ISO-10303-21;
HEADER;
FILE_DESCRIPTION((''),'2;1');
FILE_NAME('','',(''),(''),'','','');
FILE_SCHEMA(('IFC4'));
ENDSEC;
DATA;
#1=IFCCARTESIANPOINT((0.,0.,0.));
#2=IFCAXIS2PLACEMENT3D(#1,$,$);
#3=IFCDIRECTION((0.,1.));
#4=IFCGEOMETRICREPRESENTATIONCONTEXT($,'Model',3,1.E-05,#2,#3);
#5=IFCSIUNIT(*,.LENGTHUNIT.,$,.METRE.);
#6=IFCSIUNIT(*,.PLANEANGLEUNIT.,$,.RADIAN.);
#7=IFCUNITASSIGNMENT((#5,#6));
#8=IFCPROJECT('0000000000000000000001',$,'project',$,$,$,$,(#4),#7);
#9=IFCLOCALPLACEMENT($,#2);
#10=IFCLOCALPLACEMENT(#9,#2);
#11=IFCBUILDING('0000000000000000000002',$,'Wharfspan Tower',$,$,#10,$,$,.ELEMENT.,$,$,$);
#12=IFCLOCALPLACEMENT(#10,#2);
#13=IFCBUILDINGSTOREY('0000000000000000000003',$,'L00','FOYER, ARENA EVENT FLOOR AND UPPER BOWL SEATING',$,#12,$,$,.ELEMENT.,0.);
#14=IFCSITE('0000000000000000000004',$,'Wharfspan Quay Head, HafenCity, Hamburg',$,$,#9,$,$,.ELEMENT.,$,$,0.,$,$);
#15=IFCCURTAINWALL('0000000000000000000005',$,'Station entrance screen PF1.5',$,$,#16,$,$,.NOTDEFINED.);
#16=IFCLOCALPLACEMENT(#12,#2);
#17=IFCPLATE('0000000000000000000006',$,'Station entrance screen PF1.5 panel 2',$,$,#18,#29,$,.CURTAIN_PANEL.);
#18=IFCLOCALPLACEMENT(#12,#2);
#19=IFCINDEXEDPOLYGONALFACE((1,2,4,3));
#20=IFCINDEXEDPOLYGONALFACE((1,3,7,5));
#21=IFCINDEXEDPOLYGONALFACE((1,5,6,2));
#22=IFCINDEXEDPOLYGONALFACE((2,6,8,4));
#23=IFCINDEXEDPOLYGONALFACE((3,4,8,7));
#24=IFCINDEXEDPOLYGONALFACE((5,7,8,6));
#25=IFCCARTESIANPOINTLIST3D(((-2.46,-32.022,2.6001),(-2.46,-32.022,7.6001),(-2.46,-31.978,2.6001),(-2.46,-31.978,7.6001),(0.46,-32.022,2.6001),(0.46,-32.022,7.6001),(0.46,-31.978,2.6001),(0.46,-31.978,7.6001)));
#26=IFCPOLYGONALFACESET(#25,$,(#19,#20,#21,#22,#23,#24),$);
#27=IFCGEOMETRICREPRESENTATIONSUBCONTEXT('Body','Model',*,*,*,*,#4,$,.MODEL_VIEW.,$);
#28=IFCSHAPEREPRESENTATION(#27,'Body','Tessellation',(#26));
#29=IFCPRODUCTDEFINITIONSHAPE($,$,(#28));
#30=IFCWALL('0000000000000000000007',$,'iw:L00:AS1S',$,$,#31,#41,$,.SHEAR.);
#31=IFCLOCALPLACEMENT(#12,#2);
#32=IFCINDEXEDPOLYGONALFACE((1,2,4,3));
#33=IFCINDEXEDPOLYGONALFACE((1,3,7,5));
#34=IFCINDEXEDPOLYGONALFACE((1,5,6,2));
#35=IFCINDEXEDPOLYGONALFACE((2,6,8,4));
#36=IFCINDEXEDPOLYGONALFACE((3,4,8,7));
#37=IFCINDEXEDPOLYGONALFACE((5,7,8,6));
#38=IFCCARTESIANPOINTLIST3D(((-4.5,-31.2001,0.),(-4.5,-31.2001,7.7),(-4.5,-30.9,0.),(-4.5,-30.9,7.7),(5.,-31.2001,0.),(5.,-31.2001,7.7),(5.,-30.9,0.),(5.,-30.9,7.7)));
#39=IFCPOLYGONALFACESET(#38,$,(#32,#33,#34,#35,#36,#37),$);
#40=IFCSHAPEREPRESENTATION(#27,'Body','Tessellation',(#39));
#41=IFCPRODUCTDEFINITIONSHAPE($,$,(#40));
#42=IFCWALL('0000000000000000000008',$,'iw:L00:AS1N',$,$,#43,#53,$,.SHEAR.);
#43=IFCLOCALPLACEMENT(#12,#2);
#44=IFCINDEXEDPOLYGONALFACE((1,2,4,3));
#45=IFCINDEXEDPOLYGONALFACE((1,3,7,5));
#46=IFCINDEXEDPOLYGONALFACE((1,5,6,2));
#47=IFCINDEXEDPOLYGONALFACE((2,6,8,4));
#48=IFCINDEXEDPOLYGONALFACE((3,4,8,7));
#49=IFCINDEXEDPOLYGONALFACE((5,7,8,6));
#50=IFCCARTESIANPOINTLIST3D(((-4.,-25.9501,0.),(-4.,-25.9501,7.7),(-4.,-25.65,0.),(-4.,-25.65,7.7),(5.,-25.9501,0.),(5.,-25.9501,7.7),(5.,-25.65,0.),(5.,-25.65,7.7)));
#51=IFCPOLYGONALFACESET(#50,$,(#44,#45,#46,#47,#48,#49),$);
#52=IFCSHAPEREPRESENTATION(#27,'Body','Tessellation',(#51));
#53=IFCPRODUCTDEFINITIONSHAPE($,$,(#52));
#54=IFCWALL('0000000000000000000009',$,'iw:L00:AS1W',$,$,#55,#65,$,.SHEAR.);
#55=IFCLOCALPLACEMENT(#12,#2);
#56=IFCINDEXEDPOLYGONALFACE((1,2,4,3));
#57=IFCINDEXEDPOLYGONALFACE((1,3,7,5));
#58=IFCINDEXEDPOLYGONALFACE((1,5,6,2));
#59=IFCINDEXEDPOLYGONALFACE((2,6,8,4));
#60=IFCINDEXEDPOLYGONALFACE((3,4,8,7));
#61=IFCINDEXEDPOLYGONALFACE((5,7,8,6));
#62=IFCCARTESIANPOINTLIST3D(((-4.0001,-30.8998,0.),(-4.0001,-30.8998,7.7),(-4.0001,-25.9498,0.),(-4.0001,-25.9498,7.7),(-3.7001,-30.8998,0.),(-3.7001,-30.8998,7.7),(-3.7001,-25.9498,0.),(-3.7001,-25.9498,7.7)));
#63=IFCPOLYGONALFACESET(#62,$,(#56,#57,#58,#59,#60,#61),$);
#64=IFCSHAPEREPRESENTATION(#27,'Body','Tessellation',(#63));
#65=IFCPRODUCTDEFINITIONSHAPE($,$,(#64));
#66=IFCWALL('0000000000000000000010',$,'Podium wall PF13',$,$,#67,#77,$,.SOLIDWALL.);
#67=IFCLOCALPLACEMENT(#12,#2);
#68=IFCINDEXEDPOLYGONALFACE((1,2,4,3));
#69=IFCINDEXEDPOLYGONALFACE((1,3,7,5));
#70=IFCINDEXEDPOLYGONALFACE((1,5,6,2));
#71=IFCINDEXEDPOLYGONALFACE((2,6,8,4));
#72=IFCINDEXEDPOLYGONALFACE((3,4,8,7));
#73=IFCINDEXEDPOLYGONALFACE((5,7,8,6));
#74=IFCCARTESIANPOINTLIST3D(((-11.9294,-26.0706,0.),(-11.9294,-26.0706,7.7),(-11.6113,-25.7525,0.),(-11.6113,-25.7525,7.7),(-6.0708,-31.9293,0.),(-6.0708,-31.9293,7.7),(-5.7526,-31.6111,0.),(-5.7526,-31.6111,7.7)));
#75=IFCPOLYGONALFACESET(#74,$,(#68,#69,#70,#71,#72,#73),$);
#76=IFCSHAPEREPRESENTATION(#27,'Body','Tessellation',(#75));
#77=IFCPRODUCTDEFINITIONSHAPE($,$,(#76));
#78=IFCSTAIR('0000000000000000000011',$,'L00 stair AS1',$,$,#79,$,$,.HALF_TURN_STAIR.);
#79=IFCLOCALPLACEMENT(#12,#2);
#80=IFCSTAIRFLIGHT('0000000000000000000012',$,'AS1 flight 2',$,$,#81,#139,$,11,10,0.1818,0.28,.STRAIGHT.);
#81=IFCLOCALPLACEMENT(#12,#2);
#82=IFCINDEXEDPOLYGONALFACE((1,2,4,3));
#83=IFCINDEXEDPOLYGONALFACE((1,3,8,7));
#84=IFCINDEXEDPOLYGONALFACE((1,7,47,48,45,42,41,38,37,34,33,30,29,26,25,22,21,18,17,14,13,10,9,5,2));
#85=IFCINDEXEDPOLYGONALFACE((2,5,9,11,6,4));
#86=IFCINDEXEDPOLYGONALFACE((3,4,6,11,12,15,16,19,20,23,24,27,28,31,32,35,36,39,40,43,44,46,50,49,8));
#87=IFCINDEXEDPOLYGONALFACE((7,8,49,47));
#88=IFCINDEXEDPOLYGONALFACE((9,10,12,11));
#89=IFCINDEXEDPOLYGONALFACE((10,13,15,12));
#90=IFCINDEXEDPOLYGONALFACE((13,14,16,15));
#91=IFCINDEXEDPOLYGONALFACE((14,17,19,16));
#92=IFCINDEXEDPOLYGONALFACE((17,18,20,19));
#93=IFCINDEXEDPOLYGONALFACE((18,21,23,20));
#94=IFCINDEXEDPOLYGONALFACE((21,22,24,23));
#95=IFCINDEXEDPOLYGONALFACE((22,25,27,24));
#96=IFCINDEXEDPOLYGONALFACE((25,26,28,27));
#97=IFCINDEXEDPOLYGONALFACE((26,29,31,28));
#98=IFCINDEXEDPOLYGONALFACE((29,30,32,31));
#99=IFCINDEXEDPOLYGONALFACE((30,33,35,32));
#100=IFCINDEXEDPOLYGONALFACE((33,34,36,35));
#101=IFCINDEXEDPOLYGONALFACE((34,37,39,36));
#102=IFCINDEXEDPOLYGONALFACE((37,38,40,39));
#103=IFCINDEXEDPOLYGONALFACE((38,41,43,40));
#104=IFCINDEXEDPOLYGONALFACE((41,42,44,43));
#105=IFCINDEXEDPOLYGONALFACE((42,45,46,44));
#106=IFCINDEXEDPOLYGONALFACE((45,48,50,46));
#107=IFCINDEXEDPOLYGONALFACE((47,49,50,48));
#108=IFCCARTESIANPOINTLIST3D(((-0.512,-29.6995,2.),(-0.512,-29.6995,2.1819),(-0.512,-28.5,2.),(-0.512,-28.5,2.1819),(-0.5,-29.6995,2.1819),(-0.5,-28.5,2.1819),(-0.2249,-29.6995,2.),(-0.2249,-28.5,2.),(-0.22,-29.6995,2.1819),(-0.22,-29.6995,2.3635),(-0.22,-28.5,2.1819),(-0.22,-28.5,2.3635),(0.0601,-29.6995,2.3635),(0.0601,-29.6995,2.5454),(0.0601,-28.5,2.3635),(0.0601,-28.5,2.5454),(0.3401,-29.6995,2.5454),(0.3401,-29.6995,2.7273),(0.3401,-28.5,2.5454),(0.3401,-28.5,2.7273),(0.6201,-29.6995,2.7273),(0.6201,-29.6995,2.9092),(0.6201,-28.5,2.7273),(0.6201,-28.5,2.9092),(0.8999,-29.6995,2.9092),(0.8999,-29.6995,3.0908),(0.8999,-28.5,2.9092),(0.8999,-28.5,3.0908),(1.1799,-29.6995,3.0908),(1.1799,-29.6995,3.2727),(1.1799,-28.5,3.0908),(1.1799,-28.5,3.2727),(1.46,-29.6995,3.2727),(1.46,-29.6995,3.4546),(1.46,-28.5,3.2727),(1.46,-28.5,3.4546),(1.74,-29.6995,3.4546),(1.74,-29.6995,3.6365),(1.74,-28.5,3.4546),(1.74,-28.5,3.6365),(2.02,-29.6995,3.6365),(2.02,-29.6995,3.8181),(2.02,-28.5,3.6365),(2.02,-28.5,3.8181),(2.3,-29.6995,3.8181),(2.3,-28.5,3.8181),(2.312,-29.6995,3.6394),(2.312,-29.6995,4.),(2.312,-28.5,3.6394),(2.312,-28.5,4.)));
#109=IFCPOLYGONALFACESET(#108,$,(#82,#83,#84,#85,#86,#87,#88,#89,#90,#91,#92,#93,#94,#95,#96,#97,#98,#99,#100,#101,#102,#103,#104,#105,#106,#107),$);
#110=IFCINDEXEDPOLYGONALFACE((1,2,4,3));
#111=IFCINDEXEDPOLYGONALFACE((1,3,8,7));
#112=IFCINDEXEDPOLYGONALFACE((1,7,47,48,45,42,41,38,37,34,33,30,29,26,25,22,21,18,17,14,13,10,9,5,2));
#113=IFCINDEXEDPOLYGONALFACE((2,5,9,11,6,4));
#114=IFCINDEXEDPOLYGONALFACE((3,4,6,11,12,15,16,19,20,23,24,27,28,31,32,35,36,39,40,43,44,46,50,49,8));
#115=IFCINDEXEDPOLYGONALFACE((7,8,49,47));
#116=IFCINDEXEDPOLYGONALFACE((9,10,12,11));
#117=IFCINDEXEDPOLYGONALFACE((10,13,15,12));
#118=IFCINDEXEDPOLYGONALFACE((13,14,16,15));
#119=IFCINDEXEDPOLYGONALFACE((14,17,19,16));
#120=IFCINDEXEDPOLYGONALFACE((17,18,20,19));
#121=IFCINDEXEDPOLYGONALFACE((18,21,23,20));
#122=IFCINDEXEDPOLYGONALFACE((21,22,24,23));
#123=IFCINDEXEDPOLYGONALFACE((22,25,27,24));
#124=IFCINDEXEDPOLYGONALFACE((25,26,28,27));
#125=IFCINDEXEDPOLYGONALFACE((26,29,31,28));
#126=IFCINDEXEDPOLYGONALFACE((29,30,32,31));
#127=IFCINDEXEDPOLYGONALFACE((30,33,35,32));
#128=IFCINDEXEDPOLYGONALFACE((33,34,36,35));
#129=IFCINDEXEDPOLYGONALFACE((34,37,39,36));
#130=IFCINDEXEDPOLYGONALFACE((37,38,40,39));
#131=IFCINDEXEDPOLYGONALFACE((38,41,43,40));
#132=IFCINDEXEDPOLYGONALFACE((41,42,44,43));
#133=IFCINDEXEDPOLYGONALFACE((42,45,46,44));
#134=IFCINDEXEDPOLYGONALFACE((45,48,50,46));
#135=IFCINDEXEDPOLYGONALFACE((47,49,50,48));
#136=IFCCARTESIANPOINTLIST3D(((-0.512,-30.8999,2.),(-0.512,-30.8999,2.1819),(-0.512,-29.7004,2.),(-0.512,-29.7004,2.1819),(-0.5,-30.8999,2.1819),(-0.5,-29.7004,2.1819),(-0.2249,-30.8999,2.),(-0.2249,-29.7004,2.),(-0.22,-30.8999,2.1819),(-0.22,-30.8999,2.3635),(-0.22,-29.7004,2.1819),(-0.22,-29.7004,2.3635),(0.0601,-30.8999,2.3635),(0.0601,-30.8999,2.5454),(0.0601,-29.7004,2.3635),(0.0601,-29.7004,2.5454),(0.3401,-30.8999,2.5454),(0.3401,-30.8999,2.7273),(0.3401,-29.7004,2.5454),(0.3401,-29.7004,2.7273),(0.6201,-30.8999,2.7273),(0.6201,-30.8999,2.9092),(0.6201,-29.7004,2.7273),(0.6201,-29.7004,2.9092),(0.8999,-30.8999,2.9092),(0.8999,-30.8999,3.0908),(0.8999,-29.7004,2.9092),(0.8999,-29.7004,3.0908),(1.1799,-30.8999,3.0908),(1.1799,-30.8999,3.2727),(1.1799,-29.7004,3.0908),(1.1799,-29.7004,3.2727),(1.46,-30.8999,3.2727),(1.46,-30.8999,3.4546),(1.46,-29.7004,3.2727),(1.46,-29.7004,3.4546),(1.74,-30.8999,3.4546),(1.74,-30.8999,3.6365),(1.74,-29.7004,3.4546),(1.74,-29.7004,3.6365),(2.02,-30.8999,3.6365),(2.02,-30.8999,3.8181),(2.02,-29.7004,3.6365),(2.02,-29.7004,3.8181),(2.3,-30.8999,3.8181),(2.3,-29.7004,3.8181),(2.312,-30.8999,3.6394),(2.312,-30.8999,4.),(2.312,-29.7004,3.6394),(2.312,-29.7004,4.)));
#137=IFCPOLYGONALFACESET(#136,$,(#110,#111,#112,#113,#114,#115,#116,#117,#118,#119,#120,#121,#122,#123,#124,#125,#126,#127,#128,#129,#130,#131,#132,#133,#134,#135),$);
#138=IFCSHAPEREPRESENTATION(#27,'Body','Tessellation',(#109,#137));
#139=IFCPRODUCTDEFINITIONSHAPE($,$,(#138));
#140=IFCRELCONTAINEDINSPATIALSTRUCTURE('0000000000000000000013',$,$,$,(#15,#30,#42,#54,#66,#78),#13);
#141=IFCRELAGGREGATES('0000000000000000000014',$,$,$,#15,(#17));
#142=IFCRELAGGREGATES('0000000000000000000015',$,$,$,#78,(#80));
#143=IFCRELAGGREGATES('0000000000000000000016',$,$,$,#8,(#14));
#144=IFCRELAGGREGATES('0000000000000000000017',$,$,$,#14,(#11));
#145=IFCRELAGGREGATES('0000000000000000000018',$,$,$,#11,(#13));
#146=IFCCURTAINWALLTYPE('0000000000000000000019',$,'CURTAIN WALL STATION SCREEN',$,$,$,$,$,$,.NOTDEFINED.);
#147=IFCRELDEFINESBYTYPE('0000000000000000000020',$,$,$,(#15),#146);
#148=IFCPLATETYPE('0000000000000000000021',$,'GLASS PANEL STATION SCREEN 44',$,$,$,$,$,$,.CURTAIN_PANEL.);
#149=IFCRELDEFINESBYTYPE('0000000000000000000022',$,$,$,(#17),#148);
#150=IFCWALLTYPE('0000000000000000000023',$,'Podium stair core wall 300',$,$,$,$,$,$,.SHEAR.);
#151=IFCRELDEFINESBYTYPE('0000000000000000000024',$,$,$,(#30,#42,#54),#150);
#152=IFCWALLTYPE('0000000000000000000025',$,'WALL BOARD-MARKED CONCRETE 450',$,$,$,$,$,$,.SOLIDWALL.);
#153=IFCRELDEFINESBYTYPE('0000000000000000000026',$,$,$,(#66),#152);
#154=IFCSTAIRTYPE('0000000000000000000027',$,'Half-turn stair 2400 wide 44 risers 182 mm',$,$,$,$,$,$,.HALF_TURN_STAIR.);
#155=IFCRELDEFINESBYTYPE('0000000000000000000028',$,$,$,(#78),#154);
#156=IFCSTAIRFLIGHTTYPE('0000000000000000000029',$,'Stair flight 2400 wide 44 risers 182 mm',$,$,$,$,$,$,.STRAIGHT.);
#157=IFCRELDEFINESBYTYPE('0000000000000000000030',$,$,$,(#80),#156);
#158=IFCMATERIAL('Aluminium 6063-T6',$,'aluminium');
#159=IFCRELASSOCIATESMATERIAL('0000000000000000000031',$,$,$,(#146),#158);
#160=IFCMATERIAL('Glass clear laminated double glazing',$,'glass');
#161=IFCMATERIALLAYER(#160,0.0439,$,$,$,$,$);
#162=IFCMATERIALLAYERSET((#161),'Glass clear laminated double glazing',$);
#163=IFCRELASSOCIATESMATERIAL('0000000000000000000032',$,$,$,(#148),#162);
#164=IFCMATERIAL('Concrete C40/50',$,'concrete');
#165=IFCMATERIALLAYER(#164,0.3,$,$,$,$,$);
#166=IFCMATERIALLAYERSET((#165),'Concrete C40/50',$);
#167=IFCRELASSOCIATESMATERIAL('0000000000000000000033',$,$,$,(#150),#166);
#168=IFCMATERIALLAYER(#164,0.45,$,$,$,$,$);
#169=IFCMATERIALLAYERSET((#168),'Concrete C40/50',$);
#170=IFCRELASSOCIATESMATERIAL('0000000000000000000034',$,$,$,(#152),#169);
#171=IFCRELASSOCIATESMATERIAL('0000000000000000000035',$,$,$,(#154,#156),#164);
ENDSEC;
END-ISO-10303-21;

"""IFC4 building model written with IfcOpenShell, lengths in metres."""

from ifc_helpers import new_model, si_unit, direction, frame, frame_2d, origin, origin_2d, place, context, subcontext, project, spatial, polyline, rectangle, outline, extrude, material, layer, layer_set, type_object, element, aggregate, save


model = new_model("IFC4")

# Units and contexts
model_context = context("Model", 3, precision=1e-05, world=origin(), true_north=direction((0.0, 1.0)))
body_context = subcontext(model_context, "Body", "Model", "MODEL_VIEW")
ifc_project = project(units=[si_unit("LENGTHUNIT", "METRE"), si_unit("PLANEANGLEUNIT", "RADIAN")], contexts=[model_context])

# Site, building, storey
site_placement = place(None, origin())
site = spatial("IfcSite", under=ifc_project, at=site_placement, Name="Wharfspan Quay Head, HafenCity, Hamburg", CompositionType="ELEMENT", RefElevation=0.0)
building_placement = place(site_placement, origin())
building = spatial("IfcBuilding", under=site, at=building_placement, Name="Wharfspan Tower", CompositionType="ELEMENT")
storey_placement = place(building_placement, origin())
storey = spatial("IfcBuildingStorey", under=building, at=storey_placement, Name="L00", Description="FOYER, ARENA EVENT FLOOR AND UPPER BOWL SEATING", CompositionType="ELEMENT", Elevation=0.0)

# Curtain wall, plate
ifc_material_1 = material(Name="Aluminium 6063-T6", Category="aluminium")
curtain_wall_type = type_object("IfcCurtainWallType", Name="CURTAIN WALL STATION SCREEN", PredefinedType="NOTDEFINED", material=ifc_material_1)
curtain_wall_placement = place(storey_placement, origin())
curtain_wall = element("IfcCurtainWall", 1, at=curtain_wall_placement, inside=storey, type_object=curtain_wall_type, Name="Station entrance screen PF1.5", PredefinedType="NOTDEFINED")
ifc_material_2 = material(Name="Glass clear laminated double glazing", Category="glass")
ifc_layer_1 = layer(ifc_material_2, 0.0439)
ifc_layer_set_1 = layer_set([ifc_layer_1], Name="Glass clear laminated double glazing")
plate_type = type_object("IfcPlateType", Name="GLASS PANEL STATION SCREEN 44", PredefinedType="CURTAIN_PANEL", material=ifc_layer_set_1)
plate_1_placement = place(storey_placement, frame((-1.0, -32.0, 2.6001), z_axis=(0.0, 0.0, 1.0), x_axis=(1.0, 0.0, 0.0)))
plate_1 = element("IfcPlate", 2, at=plate_1_placement, type_object=plate_type, Name="Station entrance screen PF1.5 panel 2", PredefinedType="CURTAIN_PANEL", context=body_context, shape_type="SweptSolid", body=[
    extrude(rectangle(XDim=2.9199, YDim=0.0439, at=origin_2d()), origin(), (0.0, 0.0, 1.0), 5.0),
])
aggregate(curtain_wall, [plate_1])

# Walls
ifc_material_3 = material(Name="Concrete C40/50", Category="concrete")
ifc_layer_2 = layer(ifc_material_3, 0.3)
ifc_layer_set_2 = layer_set([ifc_layer_2], Name="Concrete C40/50")
wall_type_1 = type_object("IfcWallType", Name="Podium stair core wall 300", PredefinedType="SHEAR", material=ifc_layer_set_2)
wall_1_placement = place(storey_placement, frame((-4.5, -31.05, 0.0), z_axis=(0.0, 0.0, 1.0), x_axis=(1.0, 0.0, 0.0)))
element("IfcWall", 3, at=wall_1_placement, inside=storey, type_object=wall_type_1, Name="iw:L00:AS1S", PredefinedType="SHEAR", context=body_context, shape_type="SweptSolid", body=[
    extrude(rectangle(XDim=9.5, YDim=0.3, at=frame_2d((4.75, 0.0))), origin(), (0.0, 0.0, 1.0), 7.7),
])
wall_2_placement = place(storey_placement, frame((-4.0, -25.8, 0.0), z_axis=(0.0, 0.0, 1.0), x_axis=(1.0, 0.0, 0.0)))
element("IfcWall", 4, at=wall_2_placement, inside=storey, type_object=wall_type_1, Name="iw:L00:AS1N", PredefinedType="SHEAR", context=body_context, shape_type="SweptSolid", body=[
    extrude(rectangle(XDim=9.0, YDim=0.3, at=frame_2d((4.5, 0.0))), origin(), (0.0, 0.0, 1.0), 7.7),
])
wall_3_placement = place(storey_placement, frame((-3.8501, -30.8999, 0.0), z_axis=(0.0, 0.0, 1.0), x_axis=(0.0, 1.0, 0.0)))
element("IfcWall", 5, at=wall_3_placement, inside=storey, type_object=wall_type_1, Name="iw:L00:AS1W", PredefinedType="SHEAR", context=body_context, shape_type="SweptSolid", body=[
    extrude(rectangle(XDim=4.95, YDim=0.3, at=frame_2d((2.4751, 0.0))), origin(), (0.0, 0.0, 1.0), 7.7),
])
ifc_layer_3 = layer(ifc_material_3, 0.45)
ifc_layer_set_3 = layer_set([ifc_layer_3], Name="Concrete C40/50")
wall_type_2 = type_object("IfcWallType", Name="WALL BOARD-MARKED CONCRETE 450", PredefinedType="SOLIDWALL", material=ifc_layer_set_3)
wall_4_placement = place(storey_placement, frame((-11.7703, -25.9116, 0.0), z_axis=(0.0, 0.0, 1.0), x_axis=(0.707107, -0.707107, 0.0)))
element("IfcWall", 6, at=wall_4_placement, inside=storey, type_object=wall_type_2, Name="Podium wall PF13", PredefinedType="SOLIDWALL", context=body_context, shape_type="SweptSolid", body=[
    extrude(rectangle(XDim=8.2854, YDim=0.45, at=frame_2d((4.1426, 0.0))), origin(), (0.0, 0.0, 1.0), 7.7),
])

# Stair, stair flight
stair_type = type_object("IfcStairType", Name="Half-turn stair 2400 wide 44 risers 182 mm", PredefinedType="HALF_TURN_STAIR", material=ifc_material_3)
stair_placement = place(storey_placement, origin())
stair = element("IfcStair", 7, at=stair_placement, inside=storey, type_object=stair_type, Name="L00 stair AS1", PredefinedType="HALF_TURN_STAIR")
stair_flight_type = type_object("IfcStairFlightType", Name="Stair flight 2400 wide 44 risers 182 mm", PredefinedType="STRAIGHT", material=ifc_material_3)
stair_flight_1_placement = place(storey_placement, frame((-0.5, -29.7, 2.0), z_axis=(0.0, 0.0, 1.0), x_axis=(1.0, 0.0, 0.0)))
stair_flight_1 = element("IfcStairFlight", 8, at=stair_flight_1_placement, type_object=stair_flight_type, Name="AS1 flight 2", NumberOfRisers=11, NumberOfTreads=10, PredefinedType="STRAIGHT", RiserHeight=0.1818, TreadLength=0.28, context=body_context, shape_type="SweptSolid", body=[
    extrude(outline(polyline([(-0.012, 0.0), (-0.012, 0.1819), (0.0, 0.1819), (0.28, 0.1819), (0.28, 0.3635), (0.5601, 0.3635), (0.5601, 0.5454), (0.8401, 0.5454), (0.8401, 0.7273), (1.1201, 0.7273), (1.1201, 0.9092), (1.3999, 0.9092), (1.3999, 1.0908), (1.6799, 1.0908), (1.6799, 1.2727), (1.96, 1.2727), (1.96, 1.4546), (2.24, 1.4546), (2.24, 1.6365), (2.52, 1.6365), (2.52, 1.8181), (2.8, 1.8181), (2.812, 2.0), (2.812, 1.6394), (0.2751, 0.0), (-0.012, 0.0)])), frame((0.0, 1.2, 0.0), z_axis=(0.0, -1.0, 0.0), x_axis=(1.0, 0.0, 0.0)), (0.0, 0.0, 1.0), 1.1995),
    extrude(outline(polyline([(-0.012, 0.0), (-0.012, 0.1819), (0.0, 0.1819), (0.28, 0.1819), (0.28, 0.3635), (0.5601, 0.3635), (0.5601, 0.5454), (0.8401, 0.5454), (0.8401, 0.7273), (1.1201, 0.7273), (1.1201, 0.9092), (1.3999, 0.9092), (1.3999, 1.0908), (1.6799, 1.0908), (1.6799, 1.2727), (1.96, 1.2727), (1.96, 1.4546), (2.24, 1.4546), (2.24, 1.6365), (2.52, 1.6365), (2.52, 1.8181), (2.8, 1.8181), (2.812, 2.0), (2.812, 1.6394), (0.2751, 0.0), (-0.012, 0.0)])), frame((0.0, -0.0005, 0.0), z_axis=(0.0, -1.0, 0.0), x_axis=(1.0, 0.0, 0.0)), (0.0, 0.0, 1.0), 1.1995),
])
aggregate(stair, [stair_flight_1])

save(model, "model.ifc")
